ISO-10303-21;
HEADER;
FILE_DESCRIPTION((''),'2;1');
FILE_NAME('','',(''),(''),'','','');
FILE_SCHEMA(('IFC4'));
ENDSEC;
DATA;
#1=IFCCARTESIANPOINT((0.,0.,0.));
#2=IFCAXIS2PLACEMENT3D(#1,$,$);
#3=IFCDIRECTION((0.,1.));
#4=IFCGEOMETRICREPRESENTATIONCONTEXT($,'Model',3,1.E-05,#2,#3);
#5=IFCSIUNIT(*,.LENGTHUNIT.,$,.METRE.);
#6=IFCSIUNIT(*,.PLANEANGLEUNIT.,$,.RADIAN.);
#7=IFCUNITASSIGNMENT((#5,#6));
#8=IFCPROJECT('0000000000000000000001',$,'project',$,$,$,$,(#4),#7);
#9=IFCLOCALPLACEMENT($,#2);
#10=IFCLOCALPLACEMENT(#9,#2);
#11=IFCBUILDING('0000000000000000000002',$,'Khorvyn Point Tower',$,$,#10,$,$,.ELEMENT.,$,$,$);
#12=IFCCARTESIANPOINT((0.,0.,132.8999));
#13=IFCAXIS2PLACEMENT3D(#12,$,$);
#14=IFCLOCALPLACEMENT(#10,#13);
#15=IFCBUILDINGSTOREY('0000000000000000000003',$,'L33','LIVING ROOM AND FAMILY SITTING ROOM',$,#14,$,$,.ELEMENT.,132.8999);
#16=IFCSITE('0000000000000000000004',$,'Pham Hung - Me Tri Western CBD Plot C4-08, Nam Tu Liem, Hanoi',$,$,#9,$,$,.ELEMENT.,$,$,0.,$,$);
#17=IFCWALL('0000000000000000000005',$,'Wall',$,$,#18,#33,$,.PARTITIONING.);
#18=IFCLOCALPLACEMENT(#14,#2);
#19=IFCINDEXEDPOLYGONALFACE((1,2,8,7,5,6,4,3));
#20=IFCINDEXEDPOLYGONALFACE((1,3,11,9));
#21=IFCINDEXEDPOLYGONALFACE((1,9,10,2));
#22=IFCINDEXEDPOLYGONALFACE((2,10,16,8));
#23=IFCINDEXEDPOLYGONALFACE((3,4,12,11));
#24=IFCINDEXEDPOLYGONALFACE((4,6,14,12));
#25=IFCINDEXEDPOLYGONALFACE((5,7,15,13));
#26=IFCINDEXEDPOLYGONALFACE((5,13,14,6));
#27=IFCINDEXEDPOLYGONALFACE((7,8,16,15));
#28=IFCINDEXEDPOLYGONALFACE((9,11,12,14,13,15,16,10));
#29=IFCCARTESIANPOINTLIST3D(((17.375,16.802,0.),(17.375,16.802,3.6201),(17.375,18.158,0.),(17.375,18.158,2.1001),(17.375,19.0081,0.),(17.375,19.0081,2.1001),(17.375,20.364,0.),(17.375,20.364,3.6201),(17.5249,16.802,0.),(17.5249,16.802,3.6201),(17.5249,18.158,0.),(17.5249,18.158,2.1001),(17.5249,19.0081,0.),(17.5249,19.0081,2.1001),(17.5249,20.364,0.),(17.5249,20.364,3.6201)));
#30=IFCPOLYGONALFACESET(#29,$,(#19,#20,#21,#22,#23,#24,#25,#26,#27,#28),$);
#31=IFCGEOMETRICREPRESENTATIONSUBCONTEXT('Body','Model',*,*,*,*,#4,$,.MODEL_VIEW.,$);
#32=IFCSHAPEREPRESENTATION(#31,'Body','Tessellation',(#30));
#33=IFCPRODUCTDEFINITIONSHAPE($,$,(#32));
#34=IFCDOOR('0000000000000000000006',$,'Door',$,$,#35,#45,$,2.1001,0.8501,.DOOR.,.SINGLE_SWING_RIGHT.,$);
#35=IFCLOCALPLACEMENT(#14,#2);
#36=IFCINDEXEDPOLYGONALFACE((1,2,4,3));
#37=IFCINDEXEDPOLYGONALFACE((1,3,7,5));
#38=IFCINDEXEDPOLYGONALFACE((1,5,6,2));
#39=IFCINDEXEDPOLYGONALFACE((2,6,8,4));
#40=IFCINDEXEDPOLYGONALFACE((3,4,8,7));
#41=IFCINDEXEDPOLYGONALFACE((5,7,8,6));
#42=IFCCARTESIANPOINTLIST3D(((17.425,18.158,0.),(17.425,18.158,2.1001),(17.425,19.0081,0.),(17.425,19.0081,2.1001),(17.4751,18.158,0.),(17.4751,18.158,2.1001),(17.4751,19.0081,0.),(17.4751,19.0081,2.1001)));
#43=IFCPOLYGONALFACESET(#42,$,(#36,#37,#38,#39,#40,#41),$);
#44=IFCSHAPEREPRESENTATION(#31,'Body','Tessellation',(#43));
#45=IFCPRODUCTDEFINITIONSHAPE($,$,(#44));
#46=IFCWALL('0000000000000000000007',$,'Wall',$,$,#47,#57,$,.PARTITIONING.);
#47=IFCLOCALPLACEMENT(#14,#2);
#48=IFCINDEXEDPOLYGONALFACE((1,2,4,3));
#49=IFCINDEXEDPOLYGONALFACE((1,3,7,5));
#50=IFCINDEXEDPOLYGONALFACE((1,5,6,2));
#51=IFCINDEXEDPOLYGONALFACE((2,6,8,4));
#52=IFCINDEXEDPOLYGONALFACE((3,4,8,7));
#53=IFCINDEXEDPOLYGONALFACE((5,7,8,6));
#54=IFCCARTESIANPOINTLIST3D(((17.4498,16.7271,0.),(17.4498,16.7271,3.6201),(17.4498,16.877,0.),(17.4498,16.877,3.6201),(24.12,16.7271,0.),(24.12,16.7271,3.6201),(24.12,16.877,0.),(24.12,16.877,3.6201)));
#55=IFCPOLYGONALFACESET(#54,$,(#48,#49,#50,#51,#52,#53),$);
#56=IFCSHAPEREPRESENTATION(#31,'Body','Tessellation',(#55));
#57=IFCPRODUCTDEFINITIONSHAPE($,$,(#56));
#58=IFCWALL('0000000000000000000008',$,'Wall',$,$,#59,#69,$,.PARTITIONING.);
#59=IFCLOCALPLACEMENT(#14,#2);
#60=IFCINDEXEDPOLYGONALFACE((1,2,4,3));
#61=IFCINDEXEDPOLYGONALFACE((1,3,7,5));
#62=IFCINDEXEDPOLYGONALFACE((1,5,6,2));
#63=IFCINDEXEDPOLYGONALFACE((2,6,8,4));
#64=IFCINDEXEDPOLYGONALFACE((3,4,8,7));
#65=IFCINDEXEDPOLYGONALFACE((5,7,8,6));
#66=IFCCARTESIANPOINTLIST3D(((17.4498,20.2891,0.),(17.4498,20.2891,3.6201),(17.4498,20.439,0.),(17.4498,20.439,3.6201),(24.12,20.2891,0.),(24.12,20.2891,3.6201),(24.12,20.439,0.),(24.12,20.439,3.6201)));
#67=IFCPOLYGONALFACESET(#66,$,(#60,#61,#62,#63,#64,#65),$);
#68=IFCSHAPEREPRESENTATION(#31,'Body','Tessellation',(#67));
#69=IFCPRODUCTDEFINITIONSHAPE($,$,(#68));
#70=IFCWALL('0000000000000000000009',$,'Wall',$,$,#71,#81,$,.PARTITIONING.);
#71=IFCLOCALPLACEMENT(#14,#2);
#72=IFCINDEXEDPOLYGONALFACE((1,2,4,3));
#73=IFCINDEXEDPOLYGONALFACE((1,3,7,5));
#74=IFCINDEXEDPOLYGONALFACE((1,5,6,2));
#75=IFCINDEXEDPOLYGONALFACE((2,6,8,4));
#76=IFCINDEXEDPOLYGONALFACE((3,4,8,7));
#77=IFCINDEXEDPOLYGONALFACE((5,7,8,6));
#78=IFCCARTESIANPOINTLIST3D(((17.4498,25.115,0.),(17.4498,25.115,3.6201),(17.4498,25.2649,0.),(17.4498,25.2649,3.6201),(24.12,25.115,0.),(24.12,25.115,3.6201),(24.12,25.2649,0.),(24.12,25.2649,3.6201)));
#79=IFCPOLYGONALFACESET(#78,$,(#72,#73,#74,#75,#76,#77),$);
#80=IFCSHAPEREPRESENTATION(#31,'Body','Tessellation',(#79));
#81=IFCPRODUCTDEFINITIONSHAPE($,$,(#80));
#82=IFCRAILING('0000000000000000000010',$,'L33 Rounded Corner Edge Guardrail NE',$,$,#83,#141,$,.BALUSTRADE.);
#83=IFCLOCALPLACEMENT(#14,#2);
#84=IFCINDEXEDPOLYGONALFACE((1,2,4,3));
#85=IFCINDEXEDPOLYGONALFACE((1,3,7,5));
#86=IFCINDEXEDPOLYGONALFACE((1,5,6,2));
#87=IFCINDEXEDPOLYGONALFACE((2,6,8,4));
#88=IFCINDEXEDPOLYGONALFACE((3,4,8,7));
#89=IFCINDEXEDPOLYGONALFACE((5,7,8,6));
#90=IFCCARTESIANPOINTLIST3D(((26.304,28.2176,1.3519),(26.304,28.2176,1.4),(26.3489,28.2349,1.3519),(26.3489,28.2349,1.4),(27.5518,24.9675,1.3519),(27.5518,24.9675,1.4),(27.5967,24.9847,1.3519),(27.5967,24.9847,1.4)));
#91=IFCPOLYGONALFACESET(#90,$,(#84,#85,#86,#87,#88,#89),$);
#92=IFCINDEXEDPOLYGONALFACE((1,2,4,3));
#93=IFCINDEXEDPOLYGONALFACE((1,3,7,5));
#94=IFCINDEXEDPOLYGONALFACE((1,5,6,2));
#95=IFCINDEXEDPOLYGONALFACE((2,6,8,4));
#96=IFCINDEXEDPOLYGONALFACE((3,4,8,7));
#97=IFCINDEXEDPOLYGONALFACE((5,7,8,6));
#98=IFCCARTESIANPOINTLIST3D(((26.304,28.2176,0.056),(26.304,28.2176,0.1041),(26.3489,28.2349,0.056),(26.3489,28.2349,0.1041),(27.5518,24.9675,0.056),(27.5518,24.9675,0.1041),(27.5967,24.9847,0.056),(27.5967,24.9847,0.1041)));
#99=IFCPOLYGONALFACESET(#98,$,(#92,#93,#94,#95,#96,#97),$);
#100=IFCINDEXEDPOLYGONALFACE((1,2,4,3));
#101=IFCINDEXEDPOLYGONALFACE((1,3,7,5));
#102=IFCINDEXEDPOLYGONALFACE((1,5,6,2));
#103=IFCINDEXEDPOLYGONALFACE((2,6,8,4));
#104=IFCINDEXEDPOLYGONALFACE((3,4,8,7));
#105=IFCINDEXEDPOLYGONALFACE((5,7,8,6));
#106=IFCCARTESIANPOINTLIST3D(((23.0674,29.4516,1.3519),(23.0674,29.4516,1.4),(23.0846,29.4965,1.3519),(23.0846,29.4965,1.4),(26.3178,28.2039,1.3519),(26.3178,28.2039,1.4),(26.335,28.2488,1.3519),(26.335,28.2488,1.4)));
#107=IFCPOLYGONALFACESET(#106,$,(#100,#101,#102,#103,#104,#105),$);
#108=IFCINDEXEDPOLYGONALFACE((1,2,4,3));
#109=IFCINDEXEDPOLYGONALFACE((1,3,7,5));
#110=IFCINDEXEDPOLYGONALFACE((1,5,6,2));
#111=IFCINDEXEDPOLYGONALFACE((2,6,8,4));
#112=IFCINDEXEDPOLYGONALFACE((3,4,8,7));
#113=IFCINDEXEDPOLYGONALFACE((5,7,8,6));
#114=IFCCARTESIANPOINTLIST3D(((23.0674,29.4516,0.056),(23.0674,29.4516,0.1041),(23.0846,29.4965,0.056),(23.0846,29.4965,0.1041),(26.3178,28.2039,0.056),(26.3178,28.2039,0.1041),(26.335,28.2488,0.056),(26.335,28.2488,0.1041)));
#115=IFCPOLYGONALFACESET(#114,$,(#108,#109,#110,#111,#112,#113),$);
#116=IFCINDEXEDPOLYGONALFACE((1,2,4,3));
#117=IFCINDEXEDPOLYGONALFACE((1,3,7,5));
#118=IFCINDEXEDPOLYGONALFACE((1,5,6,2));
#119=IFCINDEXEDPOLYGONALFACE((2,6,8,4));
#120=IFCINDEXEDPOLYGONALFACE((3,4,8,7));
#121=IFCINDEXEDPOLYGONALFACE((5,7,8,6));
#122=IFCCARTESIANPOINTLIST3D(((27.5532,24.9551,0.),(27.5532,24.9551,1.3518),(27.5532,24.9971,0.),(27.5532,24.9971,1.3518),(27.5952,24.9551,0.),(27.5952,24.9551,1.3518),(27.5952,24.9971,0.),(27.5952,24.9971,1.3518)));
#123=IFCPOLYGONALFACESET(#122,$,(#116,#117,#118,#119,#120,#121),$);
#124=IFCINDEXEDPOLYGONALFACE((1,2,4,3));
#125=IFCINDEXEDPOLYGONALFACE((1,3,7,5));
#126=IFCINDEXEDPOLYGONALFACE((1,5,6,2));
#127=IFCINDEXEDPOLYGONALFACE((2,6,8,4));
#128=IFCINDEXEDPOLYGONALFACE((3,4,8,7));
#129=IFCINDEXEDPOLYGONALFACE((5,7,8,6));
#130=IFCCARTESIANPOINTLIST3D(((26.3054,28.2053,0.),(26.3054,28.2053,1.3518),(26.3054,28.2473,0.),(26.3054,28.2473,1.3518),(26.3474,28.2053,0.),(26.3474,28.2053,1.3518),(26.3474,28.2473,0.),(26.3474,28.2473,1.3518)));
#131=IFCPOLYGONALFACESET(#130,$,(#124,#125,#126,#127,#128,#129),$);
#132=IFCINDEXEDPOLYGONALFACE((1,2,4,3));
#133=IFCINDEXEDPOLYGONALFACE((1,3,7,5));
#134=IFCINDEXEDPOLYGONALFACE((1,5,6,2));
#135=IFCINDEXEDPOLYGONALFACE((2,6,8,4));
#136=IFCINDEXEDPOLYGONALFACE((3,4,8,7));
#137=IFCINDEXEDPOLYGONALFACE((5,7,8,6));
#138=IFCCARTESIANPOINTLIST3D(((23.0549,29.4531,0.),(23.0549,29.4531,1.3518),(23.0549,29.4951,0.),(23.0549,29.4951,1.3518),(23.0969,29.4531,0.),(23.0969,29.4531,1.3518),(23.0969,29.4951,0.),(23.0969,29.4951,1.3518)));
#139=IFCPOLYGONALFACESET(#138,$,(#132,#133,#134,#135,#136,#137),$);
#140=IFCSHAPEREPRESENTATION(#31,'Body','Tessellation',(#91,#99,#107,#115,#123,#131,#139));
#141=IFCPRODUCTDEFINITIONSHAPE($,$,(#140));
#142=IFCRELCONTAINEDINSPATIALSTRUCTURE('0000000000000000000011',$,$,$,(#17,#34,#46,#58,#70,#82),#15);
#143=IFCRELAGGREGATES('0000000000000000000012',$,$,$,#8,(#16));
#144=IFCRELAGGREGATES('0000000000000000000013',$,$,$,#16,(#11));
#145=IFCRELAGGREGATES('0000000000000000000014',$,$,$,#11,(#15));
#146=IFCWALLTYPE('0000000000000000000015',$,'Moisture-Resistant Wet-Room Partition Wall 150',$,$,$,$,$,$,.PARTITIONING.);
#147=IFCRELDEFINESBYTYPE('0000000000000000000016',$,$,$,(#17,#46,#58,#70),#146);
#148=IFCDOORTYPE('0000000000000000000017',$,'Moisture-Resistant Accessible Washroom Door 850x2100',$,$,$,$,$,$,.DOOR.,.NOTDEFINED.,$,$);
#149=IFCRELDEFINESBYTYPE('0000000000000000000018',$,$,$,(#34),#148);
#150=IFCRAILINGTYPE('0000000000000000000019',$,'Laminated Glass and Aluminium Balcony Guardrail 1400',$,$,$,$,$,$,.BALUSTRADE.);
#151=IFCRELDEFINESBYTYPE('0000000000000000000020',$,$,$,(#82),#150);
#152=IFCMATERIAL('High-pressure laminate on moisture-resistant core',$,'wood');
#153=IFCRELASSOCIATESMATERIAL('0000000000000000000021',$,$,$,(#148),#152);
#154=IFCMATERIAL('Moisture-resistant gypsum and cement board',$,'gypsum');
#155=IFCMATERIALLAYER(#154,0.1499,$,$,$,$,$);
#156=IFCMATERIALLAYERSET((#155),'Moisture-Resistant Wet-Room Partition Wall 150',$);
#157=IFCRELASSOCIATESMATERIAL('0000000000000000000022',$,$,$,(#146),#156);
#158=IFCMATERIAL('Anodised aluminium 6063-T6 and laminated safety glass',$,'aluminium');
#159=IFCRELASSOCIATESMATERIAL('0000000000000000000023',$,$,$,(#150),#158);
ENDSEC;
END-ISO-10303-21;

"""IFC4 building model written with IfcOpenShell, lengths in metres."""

from ifc_helpers import new_model, si_unit, direction, frame, frame_2d, origin, origin_2d, place, context, subcontext, project, spatial, rectangle, extrude, material, layer, layer_set, type_object, element, fill, save


model = new_model("IFC4")

# Units and contexts
model_context = context("Model", 3, precision=1e-05, world=origin(), true_north=direction((0.0, 1.0)))
body_context = subcontext(model_context, "Body", "Model", "MODEL_VIEW")
ifc_project = project(units=[si_unit("LENGTHUNIT", "METRE"), si_unit("PLANEANGLEUNIT", "RADIAN")], contexts=[model_context])

# Site, building, storey
site_placement = place(None, origin())
site = spatial("IfcSite", under=ifc_project, at=site_placement, Name="Pham Hung - Me Tri Western CBD Plot C4-08, Nam Tu Liem, Hanoi", CompositionType="ELEMENT", RefElevation=0.0)
building_placement = place(site_placement, origin())
building = spatial("IfcBuilding", under=site, at=building_placement, Name="Khorvyn Point Tower", CompositionType="ELEMENT")
storey_placement = place(building_placement, frame((0.0, 0.0, 132.8999)))
storey = spatial("IfcBuildingStorey", under=building, at=storey_placement, Name="L33", Description="LIVING ROOM AND FAMILY SITTING ROOM", CompositionType="ELEMENT", Elevation=132.8999)

# Wall, opening, door
ifc_material_1 = material(Name="High-pressure laminate on moisture-resistant core", Category="wood")
door_type_1 = type_object("IfcDoorType", Name="Moisture-Resistant Accessible Washroom Door 850x2100", OperationType="NOTDEFINED", PredefinedType="DOOR", material=ifc_material_1)
ifc_material_2 = material(Name="Moisture-resistant gypsum and cement board", Category="gypsum")
ifc_layer_1 = layer(ifc_material_2, 0.1499)
ifc_layer_set_1 = layer_set([ifc_layer_1], Name="Moisture-Resistant Wet-Room Partition Wall 150")
wall_type_1 = type_object("IfcWallType", Name="Moisture-Resistant Wet-Room Partition Wall 150", PredefinedType="PARTITIONING", material=ifc_layer_set_1)
wall_1_placement = place(storey_placement, frame((17.45, 16.802, 0.0), z_axis=(0.0, 0.0, 1.0), x_axis=(0.0, 1.0, 0.0)))
wall_1 = element("IfcWall", 1, at=wall_1_placement, inside=storey, type_object=wall_type_1, Name="Wall", PredefinedType="PARTITIONING", context=body_context, shape_type="SweptSolid", body=[
    extrude(rectangle(XDim=3.562, YDim=0.1499, at=frame_2d((1.781, 0.0))), origin(), (0.0, 0.0, 1.0), 3.6201),
])
opening_1_placement = place(wall_1_placement, frame((1.356, 0.0, 0.0)))
opening_1 = element("IfcOpeningElement", 2, at=opening_1_placement, cuts=wall_1, PredefinedType="OPENING", context=body_context, shape_type="SweptSolid", body=[
    extrude(rectangle(XDim=0.8501, YDim=2.1001, at=frame_2d((0.425, 1.05))), frame((0.0, 0.085, 0.0), z_axis=(0.0, -1.0, 0.0), x_axis=(1.0, 0.0, 0.0)), (0.0, 0.0, 1.0), 0.1699),
])
door_1_placement = place(opening_1_placement, origin())
door_1 = element("IfcDoor", 3, at=door_1_placement, inside=storey, type_object=door_type_1, Name="Door", OperationType="SINGLE_SWING_RIGHT", OverallHeight=2.1001, OverallWidth=0.8501, PredefinedType="DOOR", context=body_context, shape_type="SweptSolid", body=[
    extrude(rectangle(XDim=0.8501, YDim=2.1001, at=frame_2d((0.425, 1.05))), frame((0.0, 0.0249, 0.0), z_axis=(0.0, -1.0, 0.0), x_axis=(1.0, 0.0, 0.0)), (0.0, 0.0, 1.0), 0.05),
])
fill(opening_1, door_1)

# Walls
for number, where, z_axis, x_axis, name in (
    (4, (17.45, 16.802, 0.0), (0.0, 0.0, 1.0), (1.0, 0.0, 0.0), "Wall"),
    (5, (17.45, 20.364, 0.0), (0.0, 0.0, 1.0), (1.0, 0.0, 0.0), "Wall"),
    (6, (17.45, 25.1899, 0.0), (0.0, 0.0, 1.0), (1.0, 0.0, 0.0), "Wall"),
):
    element("IfcWall", number, at=place(storey_placement, frame(where, z_axis=z_axis, x_axis=x_axis)), inside=storey, type_object=wall_type_1, Name=name, PredefinedType="PARTITIONING", context=body_context, shape_type="SweptSolid", body=[
        extrude(rectangle(XDim=6.6702, YDim=0.1499, at=frame_2d((3.335, 0.0))), origin(), (0.0, 0.0, 1.0), 3.6201),
    ])

# Railing
ifc_material_3 = material(Name="Anodised aluminium 6063-T6 and laminated safety glass", Category="aluminium")
railing_type = type_object("IfcRailingType", Name="Laminated Glass and Aluminium Balcony Guardrail 1400", PredefinedType="BALUSTRADE", material=ifc_material_3)
railing_1_placement = place(storey_placement, frame((27.5742, 24.9761, 0.0)))
element("IfcRailing", 7, at=railing_1_placement, inside=storey, type_object=railing_type, Name="L33 Rounded Corner Edge Guardrail NE", PredefinedType="BALUSTRADE", context=body_context, shape_type="SweptSolid", body=[
    extrude(rectangle(XDim=0.0481, YDim=0.0481, at=origin_2d()), frame((0.0, 0.0, 1.376), z_axis=(-0.358406, 0.933566, 0.0), x_axis=(-0.933566, -0.358406, 0.0)), (0.0, 0.0, 1.0), 3.4814),
    extrude(rectangle(XDim=0.0481, YDim=0.0481, at=origin_2d()), frame((0.0, 0.0, 0.0801), z_axis=(-0.358406, 0.933566, 0.0), x_axis=(-0.933566, -0.358406, 0.0)), (0.0, 0.0, 1.0), 3.4814),
    extrude(rectangle(XDim=0.0481, YDim=0.0481, at=origin_2d()), frame((-1.2478, 3.2502, 1.376), z_axis=(-0.933575, 0.358382, 0.0), x_axis=(-0.358382, -0.933575, 0.0)), (0.0, 0.0, 1.0), 3.4817),
    extrude(rectangle(XDim=0.0481, YDim=0.0481, at=origin_2d()), frame((-1.2478, 3.2502, 0.0801), z_axis=(-0.933575, 0.358382, 0.0), x_axis=(-0.358382, -0.933575, 0.0)), (0.0, 0.0, 1.0), 3.4817),
    extrude(rectangle(XDim=0.042, YDim=0.042, at=origin_2d()), origin(), (0.0, 0.0, 1.0), 1.3518),
    extrude(rectangle(XDim=0.042, YDim=0.042, at=origin_2d()), frame((-1.2478, 3.2502, 0.0)), (0.0, 0.0, 1.0), 1.3518),
    extrude(rectangle(XDim=0.042, YDim=0.042, at=origin_2d()), frame((-4.4983, 4.498, 0.0)), (0.0, 0.0, 1.0), 1.3518),
])

save(model, "model.ifc")
